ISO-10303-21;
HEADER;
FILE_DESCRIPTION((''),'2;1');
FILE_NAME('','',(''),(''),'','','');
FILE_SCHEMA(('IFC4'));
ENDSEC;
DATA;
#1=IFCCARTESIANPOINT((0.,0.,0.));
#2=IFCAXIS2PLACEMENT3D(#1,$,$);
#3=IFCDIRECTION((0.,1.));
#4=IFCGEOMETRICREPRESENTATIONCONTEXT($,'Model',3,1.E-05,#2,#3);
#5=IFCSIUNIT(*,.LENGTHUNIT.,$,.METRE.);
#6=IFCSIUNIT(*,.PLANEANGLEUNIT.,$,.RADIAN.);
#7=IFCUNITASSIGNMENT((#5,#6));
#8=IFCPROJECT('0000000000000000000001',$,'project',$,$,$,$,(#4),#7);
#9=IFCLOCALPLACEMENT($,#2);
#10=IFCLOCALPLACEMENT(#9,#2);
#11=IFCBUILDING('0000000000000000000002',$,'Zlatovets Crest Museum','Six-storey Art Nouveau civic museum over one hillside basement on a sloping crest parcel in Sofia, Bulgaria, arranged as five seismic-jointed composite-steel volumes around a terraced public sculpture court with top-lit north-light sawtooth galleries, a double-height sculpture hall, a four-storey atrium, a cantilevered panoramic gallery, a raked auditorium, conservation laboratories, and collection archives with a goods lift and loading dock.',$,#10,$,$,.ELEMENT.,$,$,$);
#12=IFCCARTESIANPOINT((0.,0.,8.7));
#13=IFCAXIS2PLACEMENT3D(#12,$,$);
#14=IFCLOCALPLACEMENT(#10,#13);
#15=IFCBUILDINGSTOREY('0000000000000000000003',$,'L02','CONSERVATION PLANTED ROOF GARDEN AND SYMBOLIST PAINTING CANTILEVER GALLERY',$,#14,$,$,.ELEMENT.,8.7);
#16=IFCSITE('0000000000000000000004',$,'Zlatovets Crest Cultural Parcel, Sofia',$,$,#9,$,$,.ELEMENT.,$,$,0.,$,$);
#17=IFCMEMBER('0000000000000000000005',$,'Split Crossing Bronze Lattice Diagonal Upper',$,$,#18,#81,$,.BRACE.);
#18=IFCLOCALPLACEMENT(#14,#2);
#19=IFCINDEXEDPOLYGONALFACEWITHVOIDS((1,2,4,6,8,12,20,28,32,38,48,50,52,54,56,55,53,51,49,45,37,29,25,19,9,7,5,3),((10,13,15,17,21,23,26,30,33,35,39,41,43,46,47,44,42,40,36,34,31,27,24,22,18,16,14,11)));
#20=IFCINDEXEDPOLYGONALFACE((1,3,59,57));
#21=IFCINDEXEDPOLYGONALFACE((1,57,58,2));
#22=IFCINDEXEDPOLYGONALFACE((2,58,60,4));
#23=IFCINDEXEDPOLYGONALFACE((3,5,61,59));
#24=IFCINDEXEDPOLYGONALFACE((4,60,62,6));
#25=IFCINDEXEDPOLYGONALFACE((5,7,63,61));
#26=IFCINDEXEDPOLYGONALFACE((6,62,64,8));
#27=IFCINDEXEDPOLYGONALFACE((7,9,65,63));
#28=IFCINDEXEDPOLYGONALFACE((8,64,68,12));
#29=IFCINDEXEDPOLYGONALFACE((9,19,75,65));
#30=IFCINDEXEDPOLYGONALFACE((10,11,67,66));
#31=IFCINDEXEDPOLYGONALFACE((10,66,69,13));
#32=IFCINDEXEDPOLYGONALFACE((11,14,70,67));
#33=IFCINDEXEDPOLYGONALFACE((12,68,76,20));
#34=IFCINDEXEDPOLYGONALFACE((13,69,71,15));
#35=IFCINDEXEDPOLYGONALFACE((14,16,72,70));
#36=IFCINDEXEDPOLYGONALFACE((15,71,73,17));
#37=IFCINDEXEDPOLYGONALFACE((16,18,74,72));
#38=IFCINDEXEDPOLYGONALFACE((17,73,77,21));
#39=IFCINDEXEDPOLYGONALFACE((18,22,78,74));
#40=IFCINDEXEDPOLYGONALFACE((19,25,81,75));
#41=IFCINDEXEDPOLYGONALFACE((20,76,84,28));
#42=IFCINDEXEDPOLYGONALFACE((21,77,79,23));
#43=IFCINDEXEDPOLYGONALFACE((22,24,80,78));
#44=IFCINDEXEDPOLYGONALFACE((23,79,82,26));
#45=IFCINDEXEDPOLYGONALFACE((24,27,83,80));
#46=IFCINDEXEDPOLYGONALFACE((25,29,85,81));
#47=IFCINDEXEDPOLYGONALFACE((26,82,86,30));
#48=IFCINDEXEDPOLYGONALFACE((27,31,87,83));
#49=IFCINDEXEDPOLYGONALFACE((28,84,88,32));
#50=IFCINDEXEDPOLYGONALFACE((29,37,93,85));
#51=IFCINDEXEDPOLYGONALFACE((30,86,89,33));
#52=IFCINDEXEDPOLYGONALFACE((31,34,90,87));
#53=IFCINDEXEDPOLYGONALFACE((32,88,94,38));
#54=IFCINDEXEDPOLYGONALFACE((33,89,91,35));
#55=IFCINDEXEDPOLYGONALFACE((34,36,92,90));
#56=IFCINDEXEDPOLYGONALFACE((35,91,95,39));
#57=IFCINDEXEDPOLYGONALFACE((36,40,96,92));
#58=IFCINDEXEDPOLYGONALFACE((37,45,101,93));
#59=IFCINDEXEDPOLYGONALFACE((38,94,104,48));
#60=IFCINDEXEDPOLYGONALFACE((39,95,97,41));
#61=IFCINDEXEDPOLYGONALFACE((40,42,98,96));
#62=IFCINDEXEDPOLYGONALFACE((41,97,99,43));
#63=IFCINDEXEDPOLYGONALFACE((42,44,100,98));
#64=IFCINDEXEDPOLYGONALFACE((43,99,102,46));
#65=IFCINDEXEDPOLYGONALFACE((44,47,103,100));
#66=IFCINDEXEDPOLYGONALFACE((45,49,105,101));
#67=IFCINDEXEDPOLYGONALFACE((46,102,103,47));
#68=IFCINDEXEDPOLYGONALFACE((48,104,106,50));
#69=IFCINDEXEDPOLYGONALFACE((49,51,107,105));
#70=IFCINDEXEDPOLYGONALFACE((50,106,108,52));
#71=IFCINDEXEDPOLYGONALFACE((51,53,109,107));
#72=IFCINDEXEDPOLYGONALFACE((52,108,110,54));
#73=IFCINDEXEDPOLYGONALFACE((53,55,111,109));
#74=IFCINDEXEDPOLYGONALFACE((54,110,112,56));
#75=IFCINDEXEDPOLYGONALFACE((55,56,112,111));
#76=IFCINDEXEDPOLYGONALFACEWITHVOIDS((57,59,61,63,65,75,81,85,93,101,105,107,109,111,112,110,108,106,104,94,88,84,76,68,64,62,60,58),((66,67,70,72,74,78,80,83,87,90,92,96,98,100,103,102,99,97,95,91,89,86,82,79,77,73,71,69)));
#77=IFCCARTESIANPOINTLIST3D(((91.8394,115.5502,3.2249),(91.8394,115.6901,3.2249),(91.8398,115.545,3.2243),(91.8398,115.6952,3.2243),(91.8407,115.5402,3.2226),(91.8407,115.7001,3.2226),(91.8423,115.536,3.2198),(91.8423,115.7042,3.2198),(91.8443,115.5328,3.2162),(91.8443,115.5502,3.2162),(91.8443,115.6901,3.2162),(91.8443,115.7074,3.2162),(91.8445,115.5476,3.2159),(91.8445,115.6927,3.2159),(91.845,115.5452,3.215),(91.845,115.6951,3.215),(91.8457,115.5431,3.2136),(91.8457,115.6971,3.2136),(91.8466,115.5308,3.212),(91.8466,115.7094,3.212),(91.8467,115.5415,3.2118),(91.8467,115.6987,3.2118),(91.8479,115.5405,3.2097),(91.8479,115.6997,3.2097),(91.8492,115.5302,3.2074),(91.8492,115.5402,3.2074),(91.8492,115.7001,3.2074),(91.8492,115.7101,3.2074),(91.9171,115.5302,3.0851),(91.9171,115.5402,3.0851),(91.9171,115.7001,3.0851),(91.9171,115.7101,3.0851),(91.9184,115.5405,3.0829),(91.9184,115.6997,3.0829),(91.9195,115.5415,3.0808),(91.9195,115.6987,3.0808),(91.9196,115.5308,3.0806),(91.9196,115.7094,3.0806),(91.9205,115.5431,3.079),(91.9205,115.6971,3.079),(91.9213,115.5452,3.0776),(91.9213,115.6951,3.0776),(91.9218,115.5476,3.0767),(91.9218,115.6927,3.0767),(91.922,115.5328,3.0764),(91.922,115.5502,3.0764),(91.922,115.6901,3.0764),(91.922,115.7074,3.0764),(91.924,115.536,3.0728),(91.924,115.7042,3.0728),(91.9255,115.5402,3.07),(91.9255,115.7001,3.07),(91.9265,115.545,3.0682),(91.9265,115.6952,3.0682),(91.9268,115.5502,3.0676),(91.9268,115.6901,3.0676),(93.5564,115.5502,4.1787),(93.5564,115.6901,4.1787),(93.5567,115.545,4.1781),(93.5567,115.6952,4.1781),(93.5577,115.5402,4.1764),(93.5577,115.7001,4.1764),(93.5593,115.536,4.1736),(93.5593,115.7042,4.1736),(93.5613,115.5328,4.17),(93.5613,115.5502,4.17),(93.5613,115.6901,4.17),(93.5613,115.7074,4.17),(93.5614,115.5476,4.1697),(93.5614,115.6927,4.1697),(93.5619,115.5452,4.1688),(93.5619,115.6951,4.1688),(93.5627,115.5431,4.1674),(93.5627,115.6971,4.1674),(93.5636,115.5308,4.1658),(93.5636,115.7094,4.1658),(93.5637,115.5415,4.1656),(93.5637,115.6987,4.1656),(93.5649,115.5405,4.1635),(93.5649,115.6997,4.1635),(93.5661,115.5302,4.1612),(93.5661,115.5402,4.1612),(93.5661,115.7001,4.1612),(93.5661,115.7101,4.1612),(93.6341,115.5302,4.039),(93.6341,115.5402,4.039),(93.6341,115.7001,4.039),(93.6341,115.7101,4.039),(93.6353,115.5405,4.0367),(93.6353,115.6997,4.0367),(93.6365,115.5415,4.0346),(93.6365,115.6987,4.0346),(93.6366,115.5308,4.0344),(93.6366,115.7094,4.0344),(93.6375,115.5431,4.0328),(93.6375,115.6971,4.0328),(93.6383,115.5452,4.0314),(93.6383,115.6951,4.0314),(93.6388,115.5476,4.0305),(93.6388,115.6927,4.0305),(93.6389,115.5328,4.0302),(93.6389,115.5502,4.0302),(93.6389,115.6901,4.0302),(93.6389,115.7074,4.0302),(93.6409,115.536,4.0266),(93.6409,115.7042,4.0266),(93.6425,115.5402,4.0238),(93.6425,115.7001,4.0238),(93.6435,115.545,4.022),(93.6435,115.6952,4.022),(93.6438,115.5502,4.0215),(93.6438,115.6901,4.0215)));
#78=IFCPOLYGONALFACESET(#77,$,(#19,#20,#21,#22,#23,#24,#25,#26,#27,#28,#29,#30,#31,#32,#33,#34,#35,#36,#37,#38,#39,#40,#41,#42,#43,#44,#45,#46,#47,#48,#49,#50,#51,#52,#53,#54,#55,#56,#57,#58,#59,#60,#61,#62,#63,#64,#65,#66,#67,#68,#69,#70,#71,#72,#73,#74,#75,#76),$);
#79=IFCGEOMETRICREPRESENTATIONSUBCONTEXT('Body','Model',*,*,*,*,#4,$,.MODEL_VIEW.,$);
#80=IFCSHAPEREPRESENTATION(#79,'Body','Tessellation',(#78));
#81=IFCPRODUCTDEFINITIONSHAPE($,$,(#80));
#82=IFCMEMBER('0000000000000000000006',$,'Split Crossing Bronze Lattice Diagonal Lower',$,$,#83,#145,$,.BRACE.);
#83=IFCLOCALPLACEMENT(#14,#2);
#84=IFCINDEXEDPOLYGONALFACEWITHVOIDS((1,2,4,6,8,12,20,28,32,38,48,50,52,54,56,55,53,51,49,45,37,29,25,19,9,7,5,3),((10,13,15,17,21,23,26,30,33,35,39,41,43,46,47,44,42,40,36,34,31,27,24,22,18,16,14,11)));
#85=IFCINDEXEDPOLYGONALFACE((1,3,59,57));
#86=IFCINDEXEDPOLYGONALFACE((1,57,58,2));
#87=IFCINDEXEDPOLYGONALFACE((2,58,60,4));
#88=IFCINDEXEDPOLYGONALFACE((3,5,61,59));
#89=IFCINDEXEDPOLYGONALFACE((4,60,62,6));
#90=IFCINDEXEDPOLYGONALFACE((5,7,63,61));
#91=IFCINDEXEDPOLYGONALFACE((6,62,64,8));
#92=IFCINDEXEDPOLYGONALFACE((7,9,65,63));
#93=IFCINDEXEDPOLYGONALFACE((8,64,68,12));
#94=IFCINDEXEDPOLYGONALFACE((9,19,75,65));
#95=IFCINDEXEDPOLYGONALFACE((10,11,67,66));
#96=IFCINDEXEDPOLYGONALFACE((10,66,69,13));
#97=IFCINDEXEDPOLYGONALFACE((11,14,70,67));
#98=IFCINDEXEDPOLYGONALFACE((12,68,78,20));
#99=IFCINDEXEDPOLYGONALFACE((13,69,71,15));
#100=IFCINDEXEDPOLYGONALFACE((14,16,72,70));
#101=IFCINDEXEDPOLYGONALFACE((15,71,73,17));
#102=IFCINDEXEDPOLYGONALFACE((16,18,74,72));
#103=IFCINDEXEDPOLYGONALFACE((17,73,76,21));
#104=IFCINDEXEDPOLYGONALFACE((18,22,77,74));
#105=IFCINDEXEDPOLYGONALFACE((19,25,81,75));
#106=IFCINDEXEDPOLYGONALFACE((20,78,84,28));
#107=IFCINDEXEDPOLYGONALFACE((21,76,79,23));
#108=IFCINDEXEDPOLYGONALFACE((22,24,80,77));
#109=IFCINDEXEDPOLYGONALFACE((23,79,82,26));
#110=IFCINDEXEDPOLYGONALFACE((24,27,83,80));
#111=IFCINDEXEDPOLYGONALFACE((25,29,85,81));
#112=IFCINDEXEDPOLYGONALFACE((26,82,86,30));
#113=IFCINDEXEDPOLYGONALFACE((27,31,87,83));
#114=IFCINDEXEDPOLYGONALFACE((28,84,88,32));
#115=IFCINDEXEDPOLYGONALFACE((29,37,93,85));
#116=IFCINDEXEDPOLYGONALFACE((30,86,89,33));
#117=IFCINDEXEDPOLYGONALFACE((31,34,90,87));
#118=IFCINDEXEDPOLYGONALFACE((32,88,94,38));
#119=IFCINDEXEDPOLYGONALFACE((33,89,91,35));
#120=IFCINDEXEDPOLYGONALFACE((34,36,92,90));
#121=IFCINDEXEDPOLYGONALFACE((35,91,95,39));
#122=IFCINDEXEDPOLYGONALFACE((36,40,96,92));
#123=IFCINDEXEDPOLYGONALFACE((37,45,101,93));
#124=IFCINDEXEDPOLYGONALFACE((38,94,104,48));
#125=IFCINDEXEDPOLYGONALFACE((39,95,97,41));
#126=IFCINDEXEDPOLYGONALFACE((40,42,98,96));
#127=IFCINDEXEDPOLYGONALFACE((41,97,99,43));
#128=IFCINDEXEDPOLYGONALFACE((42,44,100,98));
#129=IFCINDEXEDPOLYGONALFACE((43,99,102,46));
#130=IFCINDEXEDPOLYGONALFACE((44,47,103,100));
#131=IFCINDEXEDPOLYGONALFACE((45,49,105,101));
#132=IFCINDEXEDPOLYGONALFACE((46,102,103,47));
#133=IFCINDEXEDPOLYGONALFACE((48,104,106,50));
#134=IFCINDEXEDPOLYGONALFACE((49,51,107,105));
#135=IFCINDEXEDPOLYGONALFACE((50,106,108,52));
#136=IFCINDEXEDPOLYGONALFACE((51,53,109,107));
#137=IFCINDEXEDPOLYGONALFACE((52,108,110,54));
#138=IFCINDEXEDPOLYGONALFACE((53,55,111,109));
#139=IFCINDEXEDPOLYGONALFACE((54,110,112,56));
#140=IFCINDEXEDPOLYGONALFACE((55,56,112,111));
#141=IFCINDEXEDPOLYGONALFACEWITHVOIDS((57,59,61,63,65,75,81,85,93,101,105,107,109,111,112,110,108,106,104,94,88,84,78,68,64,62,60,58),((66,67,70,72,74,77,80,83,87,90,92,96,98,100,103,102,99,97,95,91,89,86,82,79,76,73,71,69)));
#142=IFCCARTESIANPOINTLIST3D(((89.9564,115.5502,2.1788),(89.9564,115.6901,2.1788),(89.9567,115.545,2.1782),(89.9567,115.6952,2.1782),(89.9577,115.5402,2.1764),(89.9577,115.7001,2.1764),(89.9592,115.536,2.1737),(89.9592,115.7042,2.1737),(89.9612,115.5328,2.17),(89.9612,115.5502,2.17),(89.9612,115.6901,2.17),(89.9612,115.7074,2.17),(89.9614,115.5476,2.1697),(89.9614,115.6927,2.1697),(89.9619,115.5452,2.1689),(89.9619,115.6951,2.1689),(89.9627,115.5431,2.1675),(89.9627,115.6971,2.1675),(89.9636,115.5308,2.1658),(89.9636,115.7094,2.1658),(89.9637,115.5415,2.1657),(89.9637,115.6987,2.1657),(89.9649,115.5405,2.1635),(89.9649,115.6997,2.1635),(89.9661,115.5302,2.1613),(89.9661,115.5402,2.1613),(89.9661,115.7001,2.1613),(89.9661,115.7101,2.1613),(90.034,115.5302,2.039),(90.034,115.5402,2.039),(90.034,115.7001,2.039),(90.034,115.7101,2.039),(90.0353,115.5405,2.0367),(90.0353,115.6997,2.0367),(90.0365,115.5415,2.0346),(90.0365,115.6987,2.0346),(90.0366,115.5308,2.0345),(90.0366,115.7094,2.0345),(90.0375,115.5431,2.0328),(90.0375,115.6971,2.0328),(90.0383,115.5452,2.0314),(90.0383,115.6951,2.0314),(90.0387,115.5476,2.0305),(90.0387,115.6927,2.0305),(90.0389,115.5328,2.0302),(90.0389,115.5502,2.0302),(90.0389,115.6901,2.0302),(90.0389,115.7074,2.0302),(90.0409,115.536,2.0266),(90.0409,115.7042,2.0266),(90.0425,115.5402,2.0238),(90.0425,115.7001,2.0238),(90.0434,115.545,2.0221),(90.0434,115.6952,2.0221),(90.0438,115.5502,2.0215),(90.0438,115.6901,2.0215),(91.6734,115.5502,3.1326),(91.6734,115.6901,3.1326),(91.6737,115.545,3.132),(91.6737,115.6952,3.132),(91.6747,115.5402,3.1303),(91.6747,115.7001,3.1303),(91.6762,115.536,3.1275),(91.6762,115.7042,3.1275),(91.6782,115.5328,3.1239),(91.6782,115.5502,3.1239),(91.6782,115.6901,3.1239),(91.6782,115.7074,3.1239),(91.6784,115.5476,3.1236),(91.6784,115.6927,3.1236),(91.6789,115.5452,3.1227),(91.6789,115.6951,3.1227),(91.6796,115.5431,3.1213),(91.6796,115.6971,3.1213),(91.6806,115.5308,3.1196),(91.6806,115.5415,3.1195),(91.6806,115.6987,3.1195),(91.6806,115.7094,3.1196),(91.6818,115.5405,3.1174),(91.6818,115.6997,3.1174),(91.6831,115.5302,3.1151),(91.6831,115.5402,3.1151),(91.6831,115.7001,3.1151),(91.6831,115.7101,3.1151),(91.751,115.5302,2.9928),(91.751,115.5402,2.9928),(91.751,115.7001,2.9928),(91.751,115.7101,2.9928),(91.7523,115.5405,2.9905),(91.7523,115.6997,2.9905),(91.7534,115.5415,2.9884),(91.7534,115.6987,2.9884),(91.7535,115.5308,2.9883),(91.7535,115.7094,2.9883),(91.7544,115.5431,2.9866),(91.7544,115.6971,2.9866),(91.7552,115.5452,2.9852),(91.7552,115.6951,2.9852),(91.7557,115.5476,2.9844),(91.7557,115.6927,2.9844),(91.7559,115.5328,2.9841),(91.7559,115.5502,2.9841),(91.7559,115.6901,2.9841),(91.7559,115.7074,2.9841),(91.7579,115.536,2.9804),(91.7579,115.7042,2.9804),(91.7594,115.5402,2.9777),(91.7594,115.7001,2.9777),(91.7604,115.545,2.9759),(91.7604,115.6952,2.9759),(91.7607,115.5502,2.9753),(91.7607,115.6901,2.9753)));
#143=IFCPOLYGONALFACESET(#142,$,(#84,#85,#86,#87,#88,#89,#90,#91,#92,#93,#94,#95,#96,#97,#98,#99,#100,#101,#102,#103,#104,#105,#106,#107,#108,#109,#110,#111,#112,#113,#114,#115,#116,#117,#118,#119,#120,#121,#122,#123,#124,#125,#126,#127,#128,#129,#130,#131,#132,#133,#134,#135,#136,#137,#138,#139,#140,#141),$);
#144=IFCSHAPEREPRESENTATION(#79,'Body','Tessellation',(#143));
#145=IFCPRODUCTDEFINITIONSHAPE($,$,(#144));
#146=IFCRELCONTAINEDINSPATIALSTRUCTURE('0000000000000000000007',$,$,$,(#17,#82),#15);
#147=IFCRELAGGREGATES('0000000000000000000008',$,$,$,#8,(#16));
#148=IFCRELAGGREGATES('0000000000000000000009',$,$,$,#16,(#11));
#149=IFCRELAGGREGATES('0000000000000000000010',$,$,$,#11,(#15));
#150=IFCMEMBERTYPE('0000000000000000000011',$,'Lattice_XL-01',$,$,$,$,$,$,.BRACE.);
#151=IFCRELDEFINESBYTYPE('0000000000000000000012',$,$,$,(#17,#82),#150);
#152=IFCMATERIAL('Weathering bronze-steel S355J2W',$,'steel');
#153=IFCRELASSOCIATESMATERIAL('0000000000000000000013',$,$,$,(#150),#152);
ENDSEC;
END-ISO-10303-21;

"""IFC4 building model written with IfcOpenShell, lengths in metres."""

from ifc_helpers import new_model, si_unit, direction, frame, origin, origin_2d, place, context, subcontext, project, spatial, hollow_rectangle, extrude, material, material_profile, profile_set, type_object, element, save


model = new_model("IFC4")

# Units and contexts
model_context = context("Model", 3, precision=1e-05, world=origin(), true_north=direction((0.0, 1.0)))
body_context = subcontext(model_context, "Body", "Model", "MODEL_VIEW")
ifc_project = project(units=[si_unit("LENGTHUNIT", "METRE"), si_unit("PLANEANGLEUNIT", "RADIAN")], contexts=[model_context])

# Site, building, storey
site_placement = place(None, origin())
site = spatial("IfcSite", under=ifc_project, at=site_placement, Name="Zlatovets Crest Cultural Parcel, Sofia", CompositionType="ELEMENT", RefElevation=0.0)
building_placement = place(site_placement, origin())
building = spatial("IfcBuilding", under=site, at=building_placement, Name="Zlatovets Crest Museum", Description="Six-storey Art Nouveau civic museum over one hillside basement on a sloping crest parcel in Sofia, Bulgaria, arranged as five seismic-jointed composite-steel volumes around a terraced public sculpture court with top-lit north-light sawtooth galleries, a double-height sculpture hall, a four-storey atrium, a cantilevered panoramic gallery, a raked auditorium, conservation laboratories, and collection archives with a goods lift and loading dock.", CompositionType="ELEMENT")
storey_placement = place(building_placement, frame((0.0, 0.0, 8.7)))
storey = spatial("IfcBuildingStorey", under=building, at=storey_placement, Name="L02", Description="CONSERVATION PLANTED ROOF GARDEN AND SYMBOLIST PAINTING CANTILEVER GALLERY", CompositionType="ELEMENT", Elevation=8.7)

# Members
ifc_material_1 = material(Name="Weathering bronze-steel S355J2W", Category="steel")
ifc_material_profile_1 = material_profile(ifc_material_1, hollow_rectangle(XDim=0.1799, YDim=0.1799, WallThickness=0.01, InnerFilletRadius=0.01, OuterFilletRadius=0.02, at=origin_2d()), Name="SHS 180x180x10.0")
ifc_profile_set_1 = profile_set([ifc_material_profile_1], Name="Weathering bronze-steel S355J2W")
member_type_1 = type_object("IfcMemberType", Name="Lattice_XL-01", PredefinedType="BRACE", material=ifc_profile_set_1)
for number, where, z_axis, x_axis, name in (
    (1, (93.6001, 115.6201, 4.1001), (-0.874169, 0.0, -0.485622), (0.0, -1.0, 0.0), "Split Crossing Bronze Lattice Diagonal Upper"),
    (2, (91.717, 115.6201, 3.054), (-0.874169, 0.0, -0.485622), (0.0, -1.0, 0.0), "Split Crossing Bronze Lattice Diagonal Lower"),
):
    element("IfcMember", number, at=place(storey_placement, frame(where, z_axis=z_axis, x_axis=x_axis)), inside=storey, type_object=member_type_1, Name=name, PredefinedType="BRACE", context=body_context, shape_type="SweptSolid", body=[
        extrude(hollow_rectangle(XDim=0.1799, YDim=0.1799, WallThickness=0.01, InnerFilletRadius=0.01, OuterFilletRadius=0.02, at=origin_2d()), origin(), (0.0, 0.0, 1.0), 1.9641),
    ])

save(model, "model.ifc")
